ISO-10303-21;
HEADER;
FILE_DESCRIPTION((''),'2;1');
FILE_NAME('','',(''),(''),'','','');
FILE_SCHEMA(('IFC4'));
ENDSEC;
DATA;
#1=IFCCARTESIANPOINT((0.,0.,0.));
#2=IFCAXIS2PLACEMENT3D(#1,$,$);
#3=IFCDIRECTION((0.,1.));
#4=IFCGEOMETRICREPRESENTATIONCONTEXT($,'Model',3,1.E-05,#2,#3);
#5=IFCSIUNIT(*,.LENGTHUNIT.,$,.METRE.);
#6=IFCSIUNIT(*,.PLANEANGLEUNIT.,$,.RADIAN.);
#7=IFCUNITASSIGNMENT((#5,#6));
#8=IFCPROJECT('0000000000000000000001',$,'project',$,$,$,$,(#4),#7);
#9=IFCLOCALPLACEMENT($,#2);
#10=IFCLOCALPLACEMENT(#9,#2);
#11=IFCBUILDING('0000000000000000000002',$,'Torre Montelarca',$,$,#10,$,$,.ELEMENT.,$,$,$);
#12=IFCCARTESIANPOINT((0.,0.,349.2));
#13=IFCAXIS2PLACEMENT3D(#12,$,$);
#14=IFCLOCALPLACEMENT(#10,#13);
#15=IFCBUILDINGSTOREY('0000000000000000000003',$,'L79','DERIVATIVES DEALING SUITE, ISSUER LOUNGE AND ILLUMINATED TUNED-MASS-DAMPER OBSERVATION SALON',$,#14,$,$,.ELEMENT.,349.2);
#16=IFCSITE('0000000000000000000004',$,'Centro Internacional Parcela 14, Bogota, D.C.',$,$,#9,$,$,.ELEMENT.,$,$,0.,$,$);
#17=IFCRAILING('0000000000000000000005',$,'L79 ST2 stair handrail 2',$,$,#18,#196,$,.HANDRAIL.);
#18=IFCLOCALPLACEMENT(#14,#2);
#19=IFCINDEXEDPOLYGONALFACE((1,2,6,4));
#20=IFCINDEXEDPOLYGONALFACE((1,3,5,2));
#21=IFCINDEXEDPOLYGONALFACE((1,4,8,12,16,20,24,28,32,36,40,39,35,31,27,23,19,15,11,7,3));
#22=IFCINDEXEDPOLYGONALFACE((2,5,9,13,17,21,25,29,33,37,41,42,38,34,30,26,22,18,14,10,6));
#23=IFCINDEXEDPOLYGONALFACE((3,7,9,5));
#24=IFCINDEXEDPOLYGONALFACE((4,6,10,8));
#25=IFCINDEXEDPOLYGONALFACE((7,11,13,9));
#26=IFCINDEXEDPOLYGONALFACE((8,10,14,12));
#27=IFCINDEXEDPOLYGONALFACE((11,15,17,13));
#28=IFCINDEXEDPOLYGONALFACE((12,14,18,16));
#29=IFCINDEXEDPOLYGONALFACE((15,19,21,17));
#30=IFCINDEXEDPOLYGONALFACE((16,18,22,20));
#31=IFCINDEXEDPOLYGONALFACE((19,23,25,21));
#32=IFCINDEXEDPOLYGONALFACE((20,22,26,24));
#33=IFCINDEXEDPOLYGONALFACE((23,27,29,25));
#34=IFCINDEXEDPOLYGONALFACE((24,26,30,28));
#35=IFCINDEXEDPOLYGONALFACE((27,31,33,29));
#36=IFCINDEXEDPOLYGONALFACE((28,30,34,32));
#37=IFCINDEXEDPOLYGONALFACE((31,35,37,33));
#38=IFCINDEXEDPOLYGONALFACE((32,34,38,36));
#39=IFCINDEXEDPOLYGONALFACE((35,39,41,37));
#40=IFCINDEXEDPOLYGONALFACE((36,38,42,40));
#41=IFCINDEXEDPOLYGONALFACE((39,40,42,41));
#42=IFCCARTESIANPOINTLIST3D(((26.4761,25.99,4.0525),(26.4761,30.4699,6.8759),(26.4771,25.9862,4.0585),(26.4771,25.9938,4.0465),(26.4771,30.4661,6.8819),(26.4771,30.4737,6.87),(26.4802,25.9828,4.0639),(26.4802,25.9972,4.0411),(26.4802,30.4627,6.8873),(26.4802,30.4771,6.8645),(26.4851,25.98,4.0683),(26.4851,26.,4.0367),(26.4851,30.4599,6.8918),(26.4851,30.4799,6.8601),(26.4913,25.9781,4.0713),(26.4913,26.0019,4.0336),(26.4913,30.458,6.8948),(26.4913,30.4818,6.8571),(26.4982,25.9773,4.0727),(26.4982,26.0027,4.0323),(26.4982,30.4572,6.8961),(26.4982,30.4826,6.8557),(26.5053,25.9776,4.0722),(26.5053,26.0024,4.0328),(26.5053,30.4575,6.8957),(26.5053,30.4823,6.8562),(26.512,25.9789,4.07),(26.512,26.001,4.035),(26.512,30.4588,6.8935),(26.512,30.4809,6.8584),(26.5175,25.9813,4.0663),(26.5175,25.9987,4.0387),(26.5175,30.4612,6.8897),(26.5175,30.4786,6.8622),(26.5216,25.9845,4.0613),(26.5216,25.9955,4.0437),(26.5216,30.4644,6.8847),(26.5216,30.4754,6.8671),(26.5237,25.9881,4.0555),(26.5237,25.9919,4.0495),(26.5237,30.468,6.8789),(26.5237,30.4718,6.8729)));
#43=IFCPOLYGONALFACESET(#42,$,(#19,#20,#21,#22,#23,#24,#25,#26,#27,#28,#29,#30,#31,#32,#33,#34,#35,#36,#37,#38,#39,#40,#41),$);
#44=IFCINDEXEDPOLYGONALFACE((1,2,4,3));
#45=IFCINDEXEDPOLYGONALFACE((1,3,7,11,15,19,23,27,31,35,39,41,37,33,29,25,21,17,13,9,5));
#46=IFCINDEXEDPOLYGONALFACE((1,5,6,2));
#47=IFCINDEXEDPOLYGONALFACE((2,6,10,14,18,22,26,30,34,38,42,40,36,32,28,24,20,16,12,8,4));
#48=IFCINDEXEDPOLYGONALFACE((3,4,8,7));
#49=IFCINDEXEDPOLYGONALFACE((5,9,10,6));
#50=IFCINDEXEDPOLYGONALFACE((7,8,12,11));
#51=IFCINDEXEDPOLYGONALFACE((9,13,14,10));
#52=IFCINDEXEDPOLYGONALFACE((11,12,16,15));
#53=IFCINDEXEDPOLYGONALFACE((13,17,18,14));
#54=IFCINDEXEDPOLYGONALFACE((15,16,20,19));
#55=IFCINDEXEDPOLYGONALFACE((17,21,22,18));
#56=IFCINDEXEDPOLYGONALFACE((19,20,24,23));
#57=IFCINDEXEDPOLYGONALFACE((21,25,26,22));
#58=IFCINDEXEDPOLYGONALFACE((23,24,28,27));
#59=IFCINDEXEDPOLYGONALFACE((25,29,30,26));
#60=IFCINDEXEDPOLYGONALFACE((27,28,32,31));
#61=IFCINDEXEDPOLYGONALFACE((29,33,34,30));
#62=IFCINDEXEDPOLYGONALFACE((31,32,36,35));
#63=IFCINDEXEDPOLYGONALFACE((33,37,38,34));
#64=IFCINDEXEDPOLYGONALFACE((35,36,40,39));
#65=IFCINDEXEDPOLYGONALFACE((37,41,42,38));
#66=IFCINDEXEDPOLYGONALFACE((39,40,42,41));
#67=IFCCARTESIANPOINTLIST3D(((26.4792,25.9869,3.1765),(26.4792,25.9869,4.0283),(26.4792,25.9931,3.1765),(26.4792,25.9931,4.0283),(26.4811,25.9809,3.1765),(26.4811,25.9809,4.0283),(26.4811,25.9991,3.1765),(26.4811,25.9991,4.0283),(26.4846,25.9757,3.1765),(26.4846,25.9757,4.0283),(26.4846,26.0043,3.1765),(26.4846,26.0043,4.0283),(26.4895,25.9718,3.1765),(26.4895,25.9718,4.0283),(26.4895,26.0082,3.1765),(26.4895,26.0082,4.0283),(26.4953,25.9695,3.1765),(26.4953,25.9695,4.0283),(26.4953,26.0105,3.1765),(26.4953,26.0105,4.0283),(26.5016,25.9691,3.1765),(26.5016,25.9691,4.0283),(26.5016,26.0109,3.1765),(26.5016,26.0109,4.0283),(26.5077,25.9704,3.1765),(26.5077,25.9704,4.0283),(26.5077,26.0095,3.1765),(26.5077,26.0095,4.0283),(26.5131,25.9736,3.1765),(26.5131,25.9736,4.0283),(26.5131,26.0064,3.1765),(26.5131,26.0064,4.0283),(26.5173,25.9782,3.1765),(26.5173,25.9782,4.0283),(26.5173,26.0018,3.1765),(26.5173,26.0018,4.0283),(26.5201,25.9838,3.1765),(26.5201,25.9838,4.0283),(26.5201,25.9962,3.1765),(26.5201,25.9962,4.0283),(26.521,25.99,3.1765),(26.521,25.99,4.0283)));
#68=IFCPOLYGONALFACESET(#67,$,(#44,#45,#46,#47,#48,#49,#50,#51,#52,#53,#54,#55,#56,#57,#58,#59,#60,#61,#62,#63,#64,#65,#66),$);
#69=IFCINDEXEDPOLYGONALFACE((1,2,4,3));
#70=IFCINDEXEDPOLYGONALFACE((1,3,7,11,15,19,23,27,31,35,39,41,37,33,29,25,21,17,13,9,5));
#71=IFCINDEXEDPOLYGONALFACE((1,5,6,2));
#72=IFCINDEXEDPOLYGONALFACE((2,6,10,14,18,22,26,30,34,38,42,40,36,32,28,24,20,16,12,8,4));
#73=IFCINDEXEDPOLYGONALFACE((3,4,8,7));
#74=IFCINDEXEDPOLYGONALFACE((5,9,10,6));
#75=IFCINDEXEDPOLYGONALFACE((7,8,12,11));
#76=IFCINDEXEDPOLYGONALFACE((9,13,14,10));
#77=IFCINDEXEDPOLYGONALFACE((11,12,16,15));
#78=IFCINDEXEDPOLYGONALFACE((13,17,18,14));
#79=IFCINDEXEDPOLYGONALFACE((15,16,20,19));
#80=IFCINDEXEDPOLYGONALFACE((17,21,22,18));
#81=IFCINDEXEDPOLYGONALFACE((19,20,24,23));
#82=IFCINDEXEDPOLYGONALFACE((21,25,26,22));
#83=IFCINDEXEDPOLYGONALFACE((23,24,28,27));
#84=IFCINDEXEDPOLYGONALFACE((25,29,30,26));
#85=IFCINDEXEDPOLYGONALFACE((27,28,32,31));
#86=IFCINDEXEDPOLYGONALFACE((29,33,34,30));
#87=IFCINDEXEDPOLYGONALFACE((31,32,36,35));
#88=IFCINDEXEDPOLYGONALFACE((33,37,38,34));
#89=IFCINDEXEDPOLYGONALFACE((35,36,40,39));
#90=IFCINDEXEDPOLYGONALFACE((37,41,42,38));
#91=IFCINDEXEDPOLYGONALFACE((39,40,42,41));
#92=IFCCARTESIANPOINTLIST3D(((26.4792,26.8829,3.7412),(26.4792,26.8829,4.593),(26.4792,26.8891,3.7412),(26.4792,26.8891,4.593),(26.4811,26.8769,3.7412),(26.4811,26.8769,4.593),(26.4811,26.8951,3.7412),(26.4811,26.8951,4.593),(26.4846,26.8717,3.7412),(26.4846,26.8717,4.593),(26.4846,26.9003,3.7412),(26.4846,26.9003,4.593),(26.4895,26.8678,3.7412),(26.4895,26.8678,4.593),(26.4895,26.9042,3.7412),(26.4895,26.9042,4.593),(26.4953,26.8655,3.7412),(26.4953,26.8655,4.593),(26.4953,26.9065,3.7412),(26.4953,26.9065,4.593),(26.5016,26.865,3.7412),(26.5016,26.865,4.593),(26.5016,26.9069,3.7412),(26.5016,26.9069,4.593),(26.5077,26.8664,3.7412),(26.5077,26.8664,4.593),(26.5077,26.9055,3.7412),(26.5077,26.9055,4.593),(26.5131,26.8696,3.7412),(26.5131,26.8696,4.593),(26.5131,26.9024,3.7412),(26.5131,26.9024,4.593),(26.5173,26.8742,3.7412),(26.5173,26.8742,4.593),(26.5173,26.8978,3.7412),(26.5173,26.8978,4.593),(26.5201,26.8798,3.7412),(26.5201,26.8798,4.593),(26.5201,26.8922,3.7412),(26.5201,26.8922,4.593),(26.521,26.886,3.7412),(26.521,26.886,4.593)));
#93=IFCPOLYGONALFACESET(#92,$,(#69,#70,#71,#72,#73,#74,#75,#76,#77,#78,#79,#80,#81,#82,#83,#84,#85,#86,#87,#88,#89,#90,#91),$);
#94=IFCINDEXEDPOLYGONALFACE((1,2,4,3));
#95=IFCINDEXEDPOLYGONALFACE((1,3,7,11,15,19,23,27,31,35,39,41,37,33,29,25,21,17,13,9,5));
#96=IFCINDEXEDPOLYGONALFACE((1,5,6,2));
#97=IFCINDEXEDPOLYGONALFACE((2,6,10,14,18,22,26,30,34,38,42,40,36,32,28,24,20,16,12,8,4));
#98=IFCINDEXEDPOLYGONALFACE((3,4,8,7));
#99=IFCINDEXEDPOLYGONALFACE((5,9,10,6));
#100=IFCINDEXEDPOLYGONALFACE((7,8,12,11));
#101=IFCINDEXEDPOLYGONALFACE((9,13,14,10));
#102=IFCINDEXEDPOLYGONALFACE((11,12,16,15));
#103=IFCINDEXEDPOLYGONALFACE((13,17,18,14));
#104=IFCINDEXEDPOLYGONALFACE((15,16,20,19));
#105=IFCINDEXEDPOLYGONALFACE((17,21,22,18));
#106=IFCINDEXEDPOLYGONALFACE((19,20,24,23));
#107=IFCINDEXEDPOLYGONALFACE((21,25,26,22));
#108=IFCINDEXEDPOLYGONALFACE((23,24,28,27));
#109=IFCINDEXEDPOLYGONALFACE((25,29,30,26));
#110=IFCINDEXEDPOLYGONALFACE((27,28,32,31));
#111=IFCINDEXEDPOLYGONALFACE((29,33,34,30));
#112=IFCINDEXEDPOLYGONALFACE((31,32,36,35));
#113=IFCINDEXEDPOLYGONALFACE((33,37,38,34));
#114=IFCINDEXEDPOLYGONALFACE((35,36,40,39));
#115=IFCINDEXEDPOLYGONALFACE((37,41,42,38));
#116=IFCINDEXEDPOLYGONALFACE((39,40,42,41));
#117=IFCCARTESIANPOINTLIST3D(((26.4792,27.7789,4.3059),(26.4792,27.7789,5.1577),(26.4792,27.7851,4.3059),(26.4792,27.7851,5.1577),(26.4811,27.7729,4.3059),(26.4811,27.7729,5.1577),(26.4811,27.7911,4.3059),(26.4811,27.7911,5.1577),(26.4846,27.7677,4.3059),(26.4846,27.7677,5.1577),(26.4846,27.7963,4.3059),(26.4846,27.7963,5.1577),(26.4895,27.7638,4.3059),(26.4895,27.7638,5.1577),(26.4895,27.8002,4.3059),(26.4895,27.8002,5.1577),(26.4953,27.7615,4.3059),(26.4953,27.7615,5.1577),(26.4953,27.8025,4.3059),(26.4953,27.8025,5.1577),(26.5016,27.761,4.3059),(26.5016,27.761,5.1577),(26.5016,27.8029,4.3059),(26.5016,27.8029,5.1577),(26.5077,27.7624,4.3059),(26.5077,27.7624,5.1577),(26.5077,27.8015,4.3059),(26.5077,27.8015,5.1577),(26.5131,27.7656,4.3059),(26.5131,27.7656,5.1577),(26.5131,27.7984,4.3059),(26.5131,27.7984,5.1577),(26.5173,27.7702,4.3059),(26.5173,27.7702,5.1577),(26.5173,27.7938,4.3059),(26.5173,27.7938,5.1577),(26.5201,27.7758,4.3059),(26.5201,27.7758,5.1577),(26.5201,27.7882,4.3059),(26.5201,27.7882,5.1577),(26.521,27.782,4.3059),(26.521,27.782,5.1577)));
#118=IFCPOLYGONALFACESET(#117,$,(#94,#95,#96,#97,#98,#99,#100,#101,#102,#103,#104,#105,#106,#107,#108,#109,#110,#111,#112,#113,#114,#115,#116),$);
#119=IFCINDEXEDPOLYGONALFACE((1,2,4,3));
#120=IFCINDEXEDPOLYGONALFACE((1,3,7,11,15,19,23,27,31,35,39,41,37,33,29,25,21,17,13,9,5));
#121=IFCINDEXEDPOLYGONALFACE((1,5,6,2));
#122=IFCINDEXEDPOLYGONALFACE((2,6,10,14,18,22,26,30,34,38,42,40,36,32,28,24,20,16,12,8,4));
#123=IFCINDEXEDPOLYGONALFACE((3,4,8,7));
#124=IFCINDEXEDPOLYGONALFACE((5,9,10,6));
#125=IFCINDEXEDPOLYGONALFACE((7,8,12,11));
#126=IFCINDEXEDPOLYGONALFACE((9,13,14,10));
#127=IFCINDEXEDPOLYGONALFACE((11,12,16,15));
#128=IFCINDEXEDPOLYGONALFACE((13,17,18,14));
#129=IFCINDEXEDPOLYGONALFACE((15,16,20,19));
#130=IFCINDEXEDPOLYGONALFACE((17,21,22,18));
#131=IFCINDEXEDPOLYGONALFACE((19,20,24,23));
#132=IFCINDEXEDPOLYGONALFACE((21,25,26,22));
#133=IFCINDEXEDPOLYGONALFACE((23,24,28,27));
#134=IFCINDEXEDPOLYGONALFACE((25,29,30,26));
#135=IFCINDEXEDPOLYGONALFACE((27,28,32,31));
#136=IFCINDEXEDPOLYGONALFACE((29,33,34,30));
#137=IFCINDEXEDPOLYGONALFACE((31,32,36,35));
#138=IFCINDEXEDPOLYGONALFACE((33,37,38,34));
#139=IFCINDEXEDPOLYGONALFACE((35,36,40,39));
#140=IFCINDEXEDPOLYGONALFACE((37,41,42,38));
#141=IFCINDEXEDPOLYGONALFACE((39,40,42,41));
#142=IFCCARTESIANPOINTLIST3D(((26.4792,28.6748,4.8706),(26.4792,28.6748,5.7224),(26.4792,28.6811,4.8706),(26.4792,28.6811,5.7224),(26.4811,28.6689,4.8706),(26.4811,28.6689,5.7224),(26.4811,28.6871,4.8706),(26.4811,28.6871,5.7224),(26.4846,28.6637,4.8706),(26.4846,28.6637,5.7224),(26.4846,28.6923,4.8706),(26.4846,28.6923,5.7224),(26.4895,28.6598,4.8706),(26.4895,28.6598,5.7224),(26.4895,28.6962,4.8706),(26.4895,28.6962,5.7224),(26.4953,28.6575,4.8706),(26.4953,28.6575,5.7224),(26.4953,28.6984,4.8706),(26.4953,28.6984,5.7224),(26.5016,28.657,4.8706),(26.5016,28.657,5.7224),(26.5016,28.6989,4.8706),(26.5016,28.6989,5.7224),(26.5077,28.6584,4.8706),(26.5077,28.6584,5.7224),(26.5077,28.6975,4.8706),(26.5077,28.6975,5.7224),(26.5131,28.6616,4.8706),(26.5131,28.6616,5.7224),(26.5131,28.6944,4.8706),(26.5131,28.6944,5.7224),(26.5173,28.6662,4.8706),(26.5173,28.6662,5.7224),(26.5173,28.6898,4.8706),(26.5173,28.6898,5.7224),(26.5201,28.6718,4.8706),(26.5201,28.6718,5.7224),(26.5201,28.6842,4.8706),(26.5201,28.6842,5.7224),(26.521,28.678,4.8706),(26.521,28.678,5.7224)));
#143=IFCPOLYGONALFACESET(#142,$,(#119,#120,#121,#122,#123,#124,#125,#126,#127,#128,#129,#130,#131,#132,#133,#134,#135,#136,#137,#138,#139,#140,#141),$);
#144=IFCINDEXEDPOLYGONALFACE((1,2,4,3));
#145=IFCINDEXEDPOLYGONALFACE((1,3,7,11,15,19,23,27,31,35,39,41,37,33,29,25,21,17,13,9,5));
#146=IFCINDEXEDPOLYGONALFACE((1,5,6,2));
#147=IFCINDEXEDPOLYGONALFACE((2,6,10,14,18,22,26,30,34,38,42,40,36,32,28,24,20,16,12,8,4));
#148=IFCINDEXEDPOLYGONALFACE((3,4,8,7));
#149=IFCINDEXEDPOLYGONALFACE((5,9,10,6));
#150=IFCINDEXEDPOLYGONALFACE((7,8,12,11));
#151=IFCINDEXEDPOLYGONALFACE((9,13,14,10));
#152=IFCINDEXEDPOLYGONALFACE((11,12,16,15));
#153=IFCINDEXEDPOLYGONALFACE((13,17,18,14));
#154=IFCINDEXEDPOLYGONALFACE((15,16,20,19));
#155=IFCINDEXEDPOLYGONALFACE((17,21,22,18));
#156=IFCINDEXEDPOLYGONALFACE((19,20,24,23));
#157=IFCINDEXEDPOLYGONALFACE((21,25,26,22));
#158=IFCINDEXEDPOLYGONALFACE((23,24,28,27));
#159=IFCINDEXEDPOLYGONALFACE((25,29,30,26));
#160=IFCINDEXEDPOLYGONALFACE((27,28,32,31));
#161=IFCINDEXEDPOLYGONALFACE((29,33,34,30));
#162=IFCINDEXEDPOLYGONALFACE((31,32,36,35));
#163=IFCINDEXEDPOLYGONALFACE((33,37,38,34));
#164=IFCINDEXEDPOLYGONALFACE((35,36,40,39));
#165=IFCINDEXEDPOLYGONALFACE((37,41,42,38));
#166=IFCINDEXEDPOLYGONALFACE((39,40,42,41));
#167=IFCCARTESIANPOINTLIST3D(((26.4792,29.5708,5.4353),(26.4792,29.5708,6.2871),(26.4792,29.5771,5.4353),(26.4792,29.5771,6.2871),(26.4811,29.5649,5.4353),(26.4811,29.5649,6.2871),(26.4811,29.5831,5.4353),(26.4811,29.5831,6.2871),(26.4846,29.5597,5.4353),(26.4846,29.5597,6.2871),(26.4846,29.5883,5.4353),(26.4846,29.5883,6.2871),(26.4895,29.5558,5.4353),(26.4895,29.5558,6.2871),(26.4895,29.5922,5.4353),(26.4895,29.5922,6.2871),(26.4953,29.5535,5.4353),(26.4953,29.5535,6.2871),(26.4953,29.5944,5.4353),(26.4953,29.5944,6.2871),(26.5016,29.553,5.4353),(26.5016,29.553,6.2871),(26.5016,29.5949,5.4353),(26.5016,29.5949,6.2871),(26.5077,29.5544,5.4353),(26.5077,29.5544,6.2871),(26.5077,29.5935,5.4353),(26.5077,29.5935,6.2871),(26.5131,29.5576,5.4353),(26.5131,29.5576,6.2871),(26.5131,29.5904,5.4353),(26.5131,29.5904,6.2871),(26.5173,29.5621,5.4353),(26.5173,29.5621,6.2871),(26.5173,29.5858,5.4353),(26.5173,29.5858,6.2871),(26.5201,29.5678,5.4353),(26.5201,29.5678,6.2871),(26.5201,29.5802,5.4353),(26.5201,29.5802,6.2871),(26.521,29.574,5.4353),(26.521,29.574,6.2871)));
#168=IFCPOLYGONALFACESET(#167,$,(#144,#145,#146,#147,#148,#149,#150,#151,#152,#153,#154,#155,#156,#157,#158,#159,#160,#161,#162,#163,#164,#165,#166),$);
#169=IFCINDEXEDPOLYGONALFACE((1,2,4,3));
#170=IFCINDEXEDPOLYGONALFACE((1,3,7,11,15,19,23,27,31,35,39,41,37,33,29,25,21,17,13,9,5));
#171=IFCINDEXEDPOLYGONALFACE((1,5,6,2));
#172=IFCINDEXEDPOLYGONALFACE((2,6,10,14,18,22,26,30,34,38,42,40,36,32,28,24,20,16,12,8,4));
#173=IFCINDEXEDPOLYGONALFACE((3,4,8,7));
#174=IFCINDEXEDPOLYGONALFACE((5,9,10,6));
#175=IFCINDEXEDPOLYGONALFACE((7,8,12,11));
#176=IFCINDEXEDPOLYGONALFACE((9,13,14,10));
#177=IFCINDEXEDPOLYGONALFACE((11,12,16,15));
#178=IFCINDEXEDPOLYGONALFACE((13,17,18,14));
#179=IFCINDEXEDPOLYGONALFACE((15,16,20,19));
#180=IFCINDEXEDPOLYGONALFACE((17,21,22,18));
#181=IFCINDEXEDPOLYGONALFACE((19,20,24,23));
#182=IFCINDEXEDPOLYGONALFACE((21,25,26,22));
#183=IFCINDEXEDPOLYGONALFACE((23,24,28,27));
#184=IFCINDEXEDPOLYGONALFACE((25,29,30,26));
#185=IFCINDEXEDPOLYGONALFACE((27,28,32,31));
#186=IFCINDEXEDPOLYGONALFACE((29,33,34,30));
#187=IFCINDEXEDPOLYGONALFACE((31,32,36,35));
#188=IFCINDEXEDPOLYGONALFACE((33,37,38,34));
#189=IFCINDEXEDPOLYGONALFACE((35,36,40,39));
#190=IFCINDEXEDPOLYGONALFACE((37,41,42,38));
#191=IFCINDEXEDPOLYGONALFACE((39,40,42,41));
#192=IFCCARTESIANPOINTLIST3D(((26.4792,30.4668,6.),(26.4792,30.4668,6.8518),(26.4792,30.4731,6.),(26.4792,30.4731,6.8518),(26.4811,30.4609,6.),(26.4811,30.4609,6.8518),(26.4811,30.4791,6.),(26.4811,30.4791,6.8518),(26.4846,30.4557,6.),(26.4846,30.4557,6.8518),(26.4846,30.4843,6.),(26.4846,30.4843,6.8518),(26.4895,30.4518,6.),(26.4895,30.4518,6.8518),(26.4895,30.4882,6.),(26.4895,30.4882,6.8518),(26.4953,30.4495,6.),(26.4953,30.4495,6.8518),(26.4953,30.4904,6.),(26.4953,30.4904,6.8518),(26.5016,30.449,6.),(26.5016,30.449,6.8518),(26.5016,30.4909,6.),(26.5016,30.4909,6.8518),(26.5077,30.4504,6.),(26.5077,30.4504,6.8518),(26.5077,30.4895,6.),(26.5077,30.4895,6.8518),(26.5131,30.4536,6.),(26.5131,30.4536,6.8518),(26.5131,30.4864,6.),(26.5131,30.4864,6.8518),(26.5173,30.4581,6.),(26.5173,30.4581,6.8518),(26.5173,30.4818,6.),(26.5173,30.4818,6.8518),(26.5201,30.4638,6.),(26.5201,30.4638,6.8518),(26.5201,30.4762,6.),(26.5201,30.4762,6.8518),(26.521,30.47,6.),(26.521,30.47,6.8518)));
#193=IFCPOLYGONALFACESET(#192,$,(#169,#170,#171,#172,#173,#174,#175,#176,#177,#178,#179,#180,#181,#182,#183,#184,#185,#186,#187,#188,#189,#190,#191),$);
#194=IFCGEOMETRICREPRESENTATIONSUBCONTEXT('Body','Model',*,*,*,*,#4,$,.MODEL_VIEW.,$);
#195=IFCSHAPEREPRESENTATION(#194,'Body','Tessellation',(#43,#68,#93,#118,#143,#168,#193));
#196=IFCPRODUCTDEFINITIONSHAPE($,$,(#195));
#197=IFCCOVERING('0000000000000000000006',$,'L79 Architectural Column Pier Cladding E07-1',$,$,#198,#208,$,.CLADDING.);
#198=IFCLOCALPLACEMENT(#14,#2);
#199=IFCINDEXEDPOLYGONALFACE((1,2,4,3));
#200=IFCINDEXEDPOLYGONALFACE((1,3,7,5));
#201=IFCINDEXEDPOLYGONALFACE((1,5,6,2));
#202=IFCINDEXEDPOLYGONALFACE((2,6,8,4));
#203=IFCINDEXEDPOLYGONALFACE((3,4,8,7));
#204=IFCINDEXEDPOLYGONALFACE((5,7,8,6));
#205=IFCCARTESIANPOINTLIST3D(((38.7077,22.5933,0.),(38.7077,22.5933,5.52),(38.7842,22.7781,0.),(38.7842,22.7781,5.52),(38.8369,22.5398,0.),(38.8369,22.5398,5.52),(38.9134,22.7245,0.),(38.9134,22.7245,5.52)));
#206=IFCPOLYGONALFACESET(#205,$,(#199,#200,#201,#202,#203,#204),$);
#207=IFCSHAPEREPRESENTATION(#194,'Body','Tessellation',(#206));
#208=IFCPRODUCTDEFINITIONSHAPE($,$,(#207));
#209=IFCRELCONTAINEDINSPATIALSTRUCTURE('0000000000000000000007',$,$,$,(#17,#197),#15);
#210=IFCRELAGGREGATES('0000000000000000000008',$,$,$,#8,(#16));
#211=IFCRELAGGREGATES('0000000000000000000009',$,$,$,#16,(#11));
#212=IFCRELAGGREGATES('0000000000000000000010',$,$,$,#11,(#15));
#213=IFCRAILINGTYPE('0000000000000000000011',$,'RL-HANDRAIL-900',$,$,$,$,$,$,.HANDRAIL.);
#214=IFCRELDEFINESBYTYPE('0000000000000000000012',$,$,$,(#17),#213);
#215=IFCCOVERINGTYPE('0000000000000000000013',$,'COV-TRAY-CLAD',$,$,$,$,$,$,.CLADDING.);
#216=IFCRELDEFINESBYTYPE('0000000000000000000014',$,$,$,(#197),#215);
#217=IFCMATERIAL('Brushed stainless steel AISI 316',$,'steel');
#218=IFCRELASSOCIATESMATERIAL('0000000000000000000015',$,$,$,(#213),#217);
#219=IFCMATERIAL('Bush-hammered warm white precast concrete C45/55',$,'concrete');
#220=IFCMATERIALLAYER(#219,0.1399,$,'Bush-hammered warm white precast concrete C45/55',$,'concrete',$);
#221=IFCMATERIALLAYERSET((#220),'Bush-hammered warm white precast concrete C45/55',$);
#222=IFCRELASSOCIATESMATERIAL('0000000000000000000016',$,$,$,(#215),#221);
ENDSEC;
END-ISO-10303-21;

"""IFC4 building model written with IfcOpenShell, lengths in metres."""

from ifc_helpers import new_model, si_unit, direction, frame, origin, origin_2d, place, context, subcontext, project, spatial, rectangle, circle, extrude, source, transform, mapped, material, layer, layer_set, type_object, element, save


model = new_model("IFC4")

# Units and contexts
model_context = context("Model", 3, precision=1e-05, world=origin(), true_north=direction((0.0, 1.0)))
body_context = subcontext(model_context, "Body", "Model", "MODEL_VIEW")
ifc_project = project(units=[si_unit("LENGTHUNIT", "METRE"), si_unit("PLANEANGLEUNIT", "RADIAN")], contexts=[model_context])

# Site, building, storey
site_placement = place(None, origin())
site = spatial("IfcSite", under=ifc_project, at=site_placement, Name="Centro Internacional Parcela 14, Bogota, D.C.", CompositionType="ELEMENT", RefElevation=0.0)
building_placement = place(site_placement, origin())
building = spatial("IfcBuilding", under=site, at=building_placement, Name="Torre Montelarca", CompositionType="ELEMENT")
storey_placement = place(building_placement, frame((0.0, 0.0, 349.2)))
storey = spatial("IfcBuildingStorey", under=building, at=storey_placement, Name="L79", Description="DERIVATIVES DEALING SUITE, ISSUER LOUNGE AND ILLUMINATED TUNED-MASS-DAMPER OBSERVATION SALON", CompositionType="ELEMENT", Elevation=349.2)

# Railing
ifc_material_1 = material(Name="Brushed stainless steel AISI 316", Category="steel")
railing_type = type_object("IfcRailingType", Name="RL-HANDRAIL-900", PredefinedType="HANDRAIL", material=ifc_material_1)
railing_placement = place(storey_placement, frame((26.5, 25.99, 3.1765)))
element("IfcRailing", 1, at=railing_placement, inside=storey, type_object=railing_type, Name="L79 ST2 stair handrail 2", PredefinedType="HANDRAIL", context=body_context, shape_type="SweptSolid", body=[
    extrude(circle(Radius=0.0239, at=origin_2d()), frame((0.0, 0.0, 0.876), z_axis=(0.0, 0.845998, 0.533186), x_axis=(-1.0, 0.0, 0.0)), (0.0, 0.0, 1.0), 5.2954),
    extrude(circle(Radius=0.021, at=origin_2d()), origin(), (0.0, 0.0, 1.0), 0.8518),
    extrude(circle(Radius=0.021, at=origin_2d()), frame((0.0, 0.896, 0.5647)), (0.0, 0.0, 1.0), 0.8518),
    extrude(circle(Radius=0.021, at=origin_2d()), frame((0.0, 1.792, 1.1294)), (0.0, 0.0, 1.0), 0.8518),
    extrude(circle(Radius=0.021, at=origin_2d()), frame((0.0, 2.688, 1.6941)), (0.0, 0.0, 1.0), 0.8518),
    extrude(circle(Radius=0.021, at=origin_2d()), frame((0.0, 3.584, 2.2588)), (0.0, 0.0, 1.0), 0.8518),
    extrude(circle(Radius=0.021, at=origin_2d()), frame((0.0, 4.48, 2.8235)), (0.0, 0.0, 1.0), 0.8518),
])

# Covering
ifc_material_2 = material(Name="Bush-hammered warm white precast concrete C45/55", Category="concrete")
ifc_layer_1 = layer(ifc_material_2, 0.1399, Name="Bush-hammered warm white precast concrete C45/55", Category="concrete")
ifc_layer_set_1 = layer_set([ifc_layer_1], Name="Bush-hammered warm white precast concrete C45/55")
covering_type = type_object("IfcCoveringType", Name="COV-TRAY-CLAD", PredefinedType="CLADDING", material=ifc_layer_set_1)
shared_shape_1 = source(origin(), body_context, "Body", "SweptSolid", [
    extrude(rectangle(XDim=0.2, YDim=0.1399, at=origin_2d()), origin(), (0.0, 0.0, 1.0), 5.52),
])
for number, where, z_axis, x_axis, name in (
    (2, (38.8105, 22.6589, 0.0), (0.0, 0.0, 1.0), (0.38269, 0.923877, 0.0), "L79 Architectural Column Pier Cladding E07-1"),
):
    element("IfcCovering", number, at=place(storey_placement, frame(where, z_axis=z_axis, x_axis=x_axis)), inside=storey, type_object=covering_type, Name=name, PredefinedType="CLADDING", context=body_context, shape_type="MappedRepresentation", body=[
        mapped(shared_shape_1, transform((0.0, 0.0, 0.0), scale=1.0)),
    ])

save(model, "model.ifc")
